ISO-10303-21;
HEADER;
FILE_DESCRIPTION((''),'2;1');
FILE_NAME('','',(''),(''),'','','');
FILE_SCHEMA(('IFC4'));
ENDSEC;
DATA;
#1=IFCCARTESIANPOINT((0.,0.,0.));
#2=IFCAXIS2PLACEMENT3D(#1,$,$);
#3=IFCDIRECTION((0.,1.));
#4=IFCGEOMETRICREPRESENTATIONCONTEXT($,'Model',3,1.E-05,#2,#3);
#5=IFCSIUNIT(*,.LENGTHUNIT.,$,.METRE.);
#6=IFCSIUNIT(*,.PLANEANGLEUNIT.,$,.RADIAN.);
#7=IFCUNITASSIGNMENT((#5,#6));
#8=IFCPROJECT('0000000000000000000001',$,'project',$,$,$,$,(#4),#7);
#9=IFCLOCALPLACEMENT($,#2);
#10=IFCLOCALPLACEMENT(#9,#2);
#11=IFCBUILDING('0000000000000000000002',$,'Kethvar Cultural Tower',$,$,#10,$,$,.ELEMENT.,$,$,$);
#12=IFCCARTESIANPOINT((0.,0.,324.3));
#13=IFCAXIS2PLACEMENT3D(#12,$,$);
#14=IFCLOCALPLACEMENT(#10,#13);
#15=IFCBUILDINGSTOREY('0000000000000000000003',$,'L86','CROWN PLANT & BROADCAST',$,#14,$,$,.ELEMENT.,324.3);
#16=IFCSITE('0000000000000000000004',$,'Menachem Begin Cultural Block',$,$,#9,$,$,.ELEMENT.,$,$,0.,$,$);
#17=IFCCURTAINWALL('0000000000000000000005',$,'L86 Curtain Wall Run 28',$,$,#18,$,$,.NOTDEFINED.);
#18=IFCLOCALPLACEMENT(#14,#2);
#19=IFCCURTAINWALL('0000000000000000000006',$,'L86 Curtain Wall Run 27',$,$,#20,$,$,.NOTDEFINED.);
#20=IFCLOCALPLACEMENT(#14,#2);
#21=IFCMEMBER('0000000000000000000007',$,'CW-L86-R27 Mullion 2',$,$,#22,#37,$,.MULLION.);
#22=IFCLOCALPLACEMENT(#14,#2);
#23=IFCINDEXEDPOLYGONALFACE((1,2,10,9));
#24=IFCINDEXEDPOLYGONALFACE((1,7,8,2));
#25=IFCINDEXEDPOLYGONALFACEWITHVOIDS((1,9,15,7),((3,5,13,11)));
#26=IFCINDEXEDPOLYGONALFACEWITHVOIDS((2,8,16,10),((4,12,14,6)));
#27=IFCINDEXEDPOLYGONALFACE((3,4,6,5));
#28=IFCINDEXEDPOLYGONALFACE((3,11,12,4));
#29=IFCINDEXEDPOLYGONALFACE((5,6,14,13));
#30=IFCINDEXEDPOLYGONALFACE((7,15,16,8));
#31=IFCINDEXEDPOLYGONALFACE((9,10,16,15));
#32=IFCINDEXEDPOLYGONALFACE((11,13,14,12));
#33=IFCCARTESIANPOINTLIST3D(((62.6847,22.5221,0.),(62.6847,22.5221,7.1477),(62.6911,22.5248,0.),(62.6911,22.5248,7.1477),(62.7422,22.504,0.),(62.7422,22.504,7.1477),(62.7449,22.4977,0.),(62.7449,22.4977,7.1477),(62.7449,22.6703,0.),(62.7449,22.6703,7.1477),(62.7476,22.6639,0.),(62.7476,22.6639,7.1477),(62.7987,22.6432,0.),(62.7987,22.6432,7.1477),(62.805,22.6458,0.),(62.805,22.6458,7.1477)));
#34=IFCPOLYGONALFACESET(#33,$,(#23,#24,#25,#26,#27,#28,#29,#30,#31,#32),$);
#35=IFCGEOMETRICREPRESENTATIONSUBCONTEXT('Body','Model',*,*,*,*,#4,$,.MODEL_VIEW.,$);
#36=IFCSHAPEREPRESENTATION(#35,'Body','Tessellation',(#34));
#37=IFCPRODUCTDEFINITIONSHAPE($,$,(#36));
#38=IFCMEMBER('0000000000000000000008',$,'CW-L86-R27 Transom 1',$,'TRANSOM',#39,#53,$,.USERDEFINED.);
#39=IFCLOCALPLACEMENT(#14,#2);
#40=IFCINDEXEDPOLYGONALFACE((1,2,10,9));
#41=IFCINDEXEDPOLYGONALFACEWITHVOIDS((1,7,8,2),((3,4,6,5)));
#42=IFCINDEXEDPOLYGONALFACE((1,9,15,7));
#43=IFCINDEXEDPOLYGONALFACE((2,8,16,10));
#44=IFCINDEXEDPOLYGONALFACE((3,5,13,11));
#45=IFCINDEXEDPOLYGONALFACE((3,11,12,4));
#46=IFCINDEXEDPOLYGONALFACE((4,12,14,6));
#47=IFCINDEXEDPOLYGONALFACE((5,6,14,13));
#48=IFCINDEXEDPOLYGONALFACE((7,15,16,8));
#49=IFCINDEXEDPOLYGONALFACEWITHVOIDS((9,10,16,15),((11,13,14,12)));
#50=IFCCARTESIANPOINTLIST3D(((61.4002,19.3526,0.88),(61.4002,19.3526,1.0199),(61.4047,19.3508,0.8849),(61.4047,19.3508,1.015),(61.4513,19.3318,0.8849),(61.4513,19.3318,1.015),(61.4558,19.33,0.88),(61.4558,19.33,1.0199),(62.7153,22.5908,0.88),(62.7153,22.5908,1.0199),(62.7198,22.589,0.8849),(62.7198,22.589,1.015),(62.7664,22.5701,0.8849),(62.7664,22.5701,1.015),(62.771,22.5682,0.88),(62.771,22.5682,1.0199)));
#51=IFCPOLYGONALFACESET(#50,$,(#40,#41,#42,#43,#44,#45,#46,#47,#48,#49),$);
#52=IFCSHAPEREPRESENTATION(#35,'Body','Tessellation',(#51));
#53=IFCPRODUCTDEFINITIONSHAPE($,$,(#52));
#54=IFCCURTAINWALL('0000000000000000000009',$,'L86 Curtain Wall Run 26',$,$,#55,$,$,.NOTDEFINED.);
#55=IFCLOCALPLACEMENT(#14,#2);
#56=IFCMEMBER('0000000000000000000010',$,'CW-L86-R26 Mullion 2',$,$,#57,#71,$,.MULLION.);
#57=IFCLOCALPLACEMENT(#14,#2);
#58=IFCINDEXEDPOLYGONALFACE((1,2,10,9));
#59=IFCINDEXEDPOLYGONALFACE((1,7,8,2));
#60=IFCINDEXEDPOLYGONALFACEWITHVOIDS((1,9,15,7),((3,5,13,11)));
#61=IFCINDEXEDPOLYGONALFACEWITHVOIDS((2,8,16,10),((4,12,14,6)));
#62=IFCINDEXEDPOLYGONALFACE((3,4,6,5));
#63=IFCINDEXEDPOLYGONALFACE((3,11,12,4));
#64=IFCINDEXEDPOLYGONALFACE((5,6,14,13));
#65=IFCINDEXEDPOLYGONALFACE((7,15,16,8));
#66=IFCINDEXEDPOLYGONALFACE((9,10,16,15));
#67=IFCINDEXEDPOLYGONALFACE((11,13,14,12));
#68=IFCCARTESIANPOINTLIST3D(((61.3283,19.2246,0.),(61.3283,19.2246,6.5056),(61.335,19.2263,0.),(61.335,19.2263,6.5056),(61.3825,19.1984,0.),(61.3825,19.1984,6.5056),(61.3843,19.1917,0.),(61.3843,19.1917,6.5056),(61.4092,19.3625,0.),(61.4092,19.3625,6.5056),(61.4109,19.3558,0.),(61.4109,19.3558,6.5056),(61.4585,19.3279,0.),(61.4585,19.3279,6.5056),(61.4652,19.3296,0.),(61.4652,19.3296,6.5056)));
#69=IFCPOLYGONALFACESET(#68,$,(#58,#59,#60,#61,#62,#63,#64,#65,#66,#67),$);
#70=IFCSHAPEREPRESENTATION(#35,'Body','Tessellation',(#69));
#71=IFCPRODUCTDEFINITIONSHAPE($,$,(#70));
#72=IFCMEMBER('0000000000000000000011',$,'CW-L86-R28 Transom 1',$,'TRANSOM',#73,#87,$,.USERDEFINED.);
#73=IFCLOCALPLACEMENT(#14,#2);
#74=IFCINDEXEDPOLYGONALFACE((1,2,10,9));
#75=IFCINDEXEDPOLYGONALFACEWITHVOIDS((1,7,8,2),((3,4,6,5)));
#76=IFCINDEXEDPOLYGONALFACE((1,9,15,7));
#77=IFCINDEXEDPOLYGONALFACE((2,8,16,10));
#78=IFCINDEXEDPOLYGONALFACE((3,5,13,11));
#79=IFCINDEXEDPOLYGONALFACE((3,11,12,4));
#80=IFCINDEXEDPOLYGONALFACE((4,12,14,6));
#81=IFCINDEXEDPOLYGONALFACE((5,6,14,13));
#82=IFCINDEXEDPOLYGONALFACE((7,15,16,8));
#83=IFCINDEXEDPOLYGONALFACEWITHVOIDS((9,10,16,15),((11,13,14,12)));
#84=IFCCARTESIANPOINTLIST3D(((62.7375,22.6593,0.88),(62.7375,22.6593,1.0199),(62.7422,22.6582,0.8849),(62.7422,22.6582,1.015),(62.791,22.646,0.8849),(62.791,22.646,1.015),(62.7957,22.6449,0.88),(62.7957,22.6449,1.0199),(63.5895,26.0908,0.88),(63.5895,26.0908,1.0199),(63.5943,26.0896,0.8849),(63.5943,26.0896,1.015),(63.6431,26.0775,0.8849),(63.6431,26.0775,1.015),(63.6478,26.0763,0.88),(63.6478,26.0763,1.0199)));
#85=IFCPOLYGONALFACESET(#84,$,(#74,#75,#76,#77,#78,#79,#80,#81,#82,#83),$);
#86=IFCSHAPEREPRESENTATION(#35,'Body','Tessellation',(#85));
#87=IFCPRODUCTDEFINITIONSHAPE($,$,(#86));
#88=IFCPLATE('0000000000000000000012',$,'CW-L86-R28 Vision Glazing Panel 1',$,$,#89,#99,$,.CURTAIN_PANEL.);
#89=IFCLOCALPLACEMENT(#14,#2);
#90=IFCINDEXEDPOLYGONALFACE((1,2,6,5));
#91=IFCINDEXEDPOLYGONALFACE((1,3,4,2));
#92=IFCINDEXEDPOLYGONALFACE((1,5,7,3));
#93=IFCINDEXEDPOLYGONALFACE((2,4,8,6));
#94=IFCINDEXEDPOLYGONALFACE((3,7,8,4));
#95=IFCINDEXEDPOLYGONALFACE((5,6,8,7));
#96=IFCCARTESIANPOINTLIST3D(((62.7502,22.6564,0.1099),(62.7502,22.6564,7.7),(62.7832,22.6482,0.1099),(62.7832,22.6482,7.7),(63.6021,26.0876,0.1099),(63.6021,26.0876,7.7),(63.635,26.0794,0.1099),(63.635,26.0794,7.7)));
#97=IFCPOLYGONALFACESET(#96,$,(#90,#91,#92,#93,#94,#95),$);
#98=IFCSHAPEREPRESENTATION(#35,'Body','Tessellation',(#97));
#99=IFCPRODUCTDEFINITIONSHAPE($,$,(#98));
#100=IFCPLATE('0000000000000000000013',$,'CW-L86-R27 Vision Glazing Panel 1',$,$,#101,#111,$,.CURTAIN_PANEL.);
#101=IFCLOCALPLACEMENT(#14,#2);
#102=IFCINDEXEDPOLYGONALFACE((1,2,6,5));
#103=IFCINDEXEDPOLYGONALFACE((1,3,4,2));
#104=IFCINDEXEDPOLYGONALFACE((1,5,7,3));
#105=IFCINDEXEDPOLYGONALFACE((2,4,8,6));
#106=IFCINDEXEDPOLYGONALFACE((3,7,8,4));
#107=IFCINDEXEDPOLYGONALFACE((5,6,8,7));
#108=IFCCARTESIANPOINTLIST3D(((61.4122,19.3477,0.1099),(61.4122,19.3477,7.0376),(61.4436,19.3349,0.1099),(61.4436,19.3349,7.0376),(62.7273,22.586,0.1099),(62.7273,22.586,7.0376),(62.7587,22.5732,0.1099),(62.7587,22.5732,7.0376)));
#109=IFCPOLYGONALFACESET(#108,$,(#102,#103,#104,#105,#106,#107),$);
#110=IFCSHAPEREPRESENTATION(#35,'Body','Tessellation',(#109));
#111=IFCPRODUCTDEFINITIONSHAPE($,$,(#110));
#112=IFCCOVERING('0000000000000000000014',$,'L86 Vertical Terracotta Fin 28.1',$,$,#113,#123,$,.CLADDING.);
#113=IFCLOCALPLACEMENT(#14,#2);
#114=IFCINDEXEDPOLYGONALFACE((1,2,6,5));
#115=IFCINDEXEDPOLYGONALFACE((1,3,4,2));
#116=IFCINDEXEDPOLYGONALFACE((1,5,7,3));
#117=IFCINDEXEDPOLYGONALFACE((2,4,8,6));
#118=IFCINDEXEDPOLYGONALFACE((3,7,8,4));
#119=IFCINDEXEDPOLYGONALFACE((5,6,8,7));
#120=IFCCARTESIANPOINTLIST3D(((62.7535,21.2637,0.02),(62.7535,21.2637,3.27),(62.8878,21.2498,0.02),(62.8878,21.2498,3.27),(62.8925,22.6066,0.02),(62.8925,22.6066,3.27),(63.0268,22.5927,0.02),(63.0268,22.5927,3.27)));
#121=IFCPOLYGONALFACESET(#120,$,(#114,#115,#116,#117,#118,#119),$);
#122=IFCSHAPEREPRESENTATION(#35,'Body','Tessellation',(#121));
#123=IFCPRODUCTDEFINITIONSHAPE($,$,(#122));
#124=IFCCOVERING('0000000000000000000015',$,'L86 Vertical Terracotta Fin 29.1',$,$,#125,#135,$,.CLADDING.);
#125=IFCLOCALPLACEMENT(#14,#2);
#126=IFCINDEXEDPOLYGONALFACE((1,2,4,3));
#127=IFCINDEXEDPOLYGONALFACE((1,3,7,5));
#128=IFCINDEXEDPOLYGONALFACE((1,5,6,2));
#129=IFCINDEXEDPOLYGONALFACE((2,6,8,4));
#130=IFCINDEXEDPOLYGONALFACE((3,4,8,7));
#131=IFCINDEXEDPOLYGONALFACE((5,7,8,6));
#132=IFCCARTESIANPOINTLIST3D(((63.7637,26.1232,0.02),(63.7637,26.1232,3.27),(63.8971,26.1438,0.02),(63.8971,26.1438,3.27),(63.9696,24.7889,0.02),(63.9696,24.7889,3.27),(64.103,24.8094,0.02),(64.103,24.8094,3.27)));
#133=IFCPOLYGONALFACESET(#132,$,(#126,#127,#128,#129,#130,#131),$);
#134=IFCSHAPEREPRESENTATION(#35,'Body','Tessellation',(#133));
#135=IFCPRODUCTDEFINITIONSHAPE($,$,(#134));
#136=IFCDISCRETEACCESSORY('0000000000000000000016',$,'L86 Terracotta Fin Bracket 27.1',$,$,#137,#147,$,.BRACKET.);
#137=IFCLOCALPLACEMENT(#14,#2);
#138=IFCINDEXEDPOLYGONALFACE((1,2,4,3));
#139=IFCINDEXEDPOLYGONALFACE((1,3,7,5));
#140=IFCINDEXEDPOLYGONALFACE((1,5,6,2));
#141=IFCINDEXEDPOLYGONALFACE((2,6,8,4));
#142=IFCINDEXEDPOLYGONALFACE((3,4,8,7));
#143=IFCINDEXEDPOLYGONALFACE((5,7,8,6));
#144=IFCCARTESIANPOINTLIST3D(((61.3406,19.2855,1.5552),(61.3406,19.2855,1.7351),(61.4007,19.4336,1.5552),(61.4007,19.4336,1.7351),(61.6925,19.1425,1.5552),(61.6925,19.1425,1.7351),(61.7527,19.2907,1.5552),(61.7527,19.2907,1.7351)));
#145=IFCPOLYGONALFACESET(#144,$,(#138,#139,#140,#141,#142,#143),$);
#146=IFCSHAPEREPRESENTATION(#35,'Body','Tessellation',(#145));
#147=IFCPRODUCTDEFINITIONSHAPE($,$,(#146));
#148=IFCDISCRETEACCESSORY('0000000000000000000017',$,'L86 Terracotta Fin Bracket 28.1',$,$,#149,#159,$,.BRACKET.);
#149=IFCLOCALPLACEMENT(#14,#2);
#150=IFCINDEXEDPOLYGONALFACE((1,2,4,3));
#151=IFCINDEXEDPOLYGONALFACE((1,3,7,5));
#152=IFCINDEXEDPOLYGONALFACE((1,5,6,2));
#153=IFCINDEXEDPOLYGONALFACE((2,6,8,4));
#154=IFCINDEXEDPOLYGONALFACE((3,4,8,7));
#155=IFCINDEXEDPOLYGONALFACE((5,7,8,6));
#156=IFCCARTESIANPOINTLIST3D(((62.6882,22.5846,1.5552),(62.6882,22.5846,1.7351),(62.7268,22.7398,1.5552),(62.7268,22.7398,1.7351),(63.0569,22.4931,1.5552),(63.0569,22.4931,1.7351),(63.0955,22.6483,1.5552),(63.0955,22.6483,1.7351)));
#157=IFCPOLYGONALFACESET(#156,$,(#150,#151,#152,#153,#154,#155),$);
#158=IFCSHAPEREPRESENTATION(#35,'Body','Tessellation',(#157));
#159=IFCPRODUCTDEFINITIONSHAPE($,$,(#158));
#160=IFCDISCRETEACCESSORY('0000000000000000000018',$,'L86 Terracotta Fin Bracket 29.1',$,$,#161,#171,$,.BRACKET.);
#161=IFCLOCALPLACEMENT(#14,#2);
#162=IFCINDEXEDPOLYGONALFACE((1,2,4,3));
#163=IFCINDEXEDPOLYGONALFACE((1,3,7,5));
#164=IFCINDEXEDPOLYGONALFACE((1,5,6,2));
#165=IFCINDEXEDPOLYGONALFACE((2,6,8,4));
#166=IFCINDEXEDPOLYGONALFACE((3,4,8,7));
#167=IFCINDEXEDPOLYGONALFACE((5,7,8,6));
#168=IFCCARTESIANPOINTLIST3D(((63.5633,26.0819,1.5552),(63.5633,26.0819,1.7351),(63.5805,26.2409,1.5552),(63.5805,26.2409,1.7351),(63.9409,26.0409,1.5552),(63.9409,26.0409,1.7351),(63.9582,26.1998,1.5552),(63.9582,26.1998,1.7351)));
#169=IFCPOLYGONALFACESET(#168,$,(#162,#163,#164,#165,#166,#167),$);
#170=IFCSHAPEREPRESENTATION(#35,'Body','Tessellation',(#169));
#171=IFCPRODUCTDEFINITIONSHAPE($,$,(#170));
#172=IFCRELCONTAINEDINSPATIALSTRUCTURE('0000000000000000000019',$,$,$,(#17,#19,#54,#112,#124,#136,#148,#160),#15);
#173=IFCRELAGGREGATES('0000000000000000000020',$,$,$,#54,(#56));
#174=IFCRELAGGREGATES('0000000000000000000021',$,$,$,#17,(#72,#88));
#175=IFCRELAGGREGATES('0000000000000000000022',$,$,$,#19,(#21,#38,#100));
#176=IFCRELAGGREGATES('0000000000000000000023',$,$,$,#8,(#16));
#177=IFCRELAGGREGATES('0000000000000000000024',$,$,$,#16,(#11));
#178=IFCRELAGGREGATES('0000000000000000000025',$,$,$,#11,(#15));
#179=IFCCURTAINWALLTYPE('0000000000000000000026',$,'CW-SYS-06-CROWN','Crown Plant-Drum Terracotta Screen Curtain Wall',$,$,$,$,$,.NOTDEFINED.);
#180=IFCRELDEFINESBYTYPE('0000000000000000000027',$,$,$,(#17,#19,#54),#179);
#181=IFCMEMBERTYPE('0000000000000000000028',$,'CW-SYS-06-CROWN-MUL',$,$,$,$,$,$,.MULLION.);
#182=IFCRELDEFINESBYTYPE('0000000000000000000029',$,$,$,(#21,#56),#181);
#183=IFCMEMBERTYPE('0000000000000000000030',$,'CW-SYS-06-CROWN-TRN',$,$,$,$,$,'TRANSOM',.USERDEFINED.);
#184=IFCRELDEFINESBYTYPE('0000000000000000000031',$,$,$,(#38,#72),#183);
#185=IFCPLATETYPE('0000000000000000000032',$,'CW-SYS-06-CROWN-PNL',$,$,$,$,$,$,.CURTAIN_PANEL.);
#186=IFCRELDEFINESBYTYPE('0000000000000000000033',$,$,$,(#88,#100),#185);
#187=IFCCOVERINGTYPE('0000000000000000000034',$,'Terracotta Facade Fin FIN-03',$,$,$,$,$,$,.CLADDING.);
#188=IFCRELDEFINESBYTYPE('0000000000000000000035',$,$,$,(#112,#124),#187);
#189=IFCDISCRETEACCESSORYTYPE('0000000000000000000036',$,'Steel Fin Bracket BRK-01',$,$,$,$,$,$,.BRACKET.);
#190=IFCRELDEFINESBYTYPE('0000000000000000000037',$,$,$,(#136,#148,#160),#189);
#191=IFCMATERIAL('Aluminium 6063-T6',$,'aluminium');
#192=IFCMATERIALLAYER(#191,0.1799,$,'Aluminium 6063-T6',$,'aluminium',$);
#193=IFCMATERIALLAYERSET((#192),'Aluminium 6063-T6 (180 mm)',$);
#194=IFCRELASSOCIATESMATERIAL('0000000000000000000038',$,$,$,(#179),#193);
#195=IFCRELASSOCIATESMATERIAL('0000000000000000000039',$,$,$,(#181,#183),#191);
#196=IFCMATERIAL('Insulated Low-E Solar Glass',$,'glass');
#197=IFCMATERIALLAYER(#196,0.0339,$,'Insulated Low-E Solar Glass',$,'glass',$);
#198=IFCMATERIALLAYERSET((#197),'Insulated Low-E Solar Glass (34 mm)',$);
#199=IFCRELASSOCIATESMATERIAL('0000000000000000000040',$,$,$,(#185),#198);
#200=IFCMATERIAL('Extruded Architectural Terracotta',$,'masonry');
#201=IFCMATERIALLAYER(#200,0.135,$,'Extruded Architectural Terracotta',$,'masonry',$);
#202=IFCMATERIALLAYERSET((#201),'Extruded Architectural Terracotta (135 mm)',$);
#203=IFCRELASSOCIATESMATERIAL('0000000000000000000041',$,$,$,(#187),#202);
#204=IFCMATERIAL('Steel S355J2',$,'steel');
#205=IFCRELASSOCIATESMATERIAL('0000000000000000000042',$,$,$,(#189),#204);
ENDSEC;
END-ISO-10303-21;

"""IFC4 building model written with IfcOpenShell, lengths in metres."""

from ifc_helpers import new_model, si_unit, direction, frame, origin, origin_2d, place, context, subcontext, project, spatial, rectangle, hollow_rectangle, extrude, source, transform, mapped, material, layer, layer_set, material_profile, profile_set, type_object, element, aggregate, save


model = new_model("IFC4")

# Units and contexts
model_context = context("Model", 3, precision=1e-05, world=origin(), true_north=direction((0.0, 1.0)))
body_context = subcontext(model_context, "Body", "Model", "MODEL_VIEW")
ifc_project = project(units=[si_unit("LENGTHUNIT", "METRE"), si_unit("PLANEANGLEUNIT", "RADIAN")], contexts=[model_context])

# Site, building, storey
site_placement = place(None, origin())
site = spatial("IfcSite", under=ifc_project, at=site_placement, Name="Menachem Begin Cultural Block", CompositionType="ELEMENT", RefElevation=0.0)
building_placement = place(site_placement, origin())
building = spatial("IfcBuilding", under=site, at=building_placement, Name="Kethvar Cultural Tower", CompositionType="ELEMENT")
storey_placement = place(building_placement, frame((0.0, 0.0, 324.3)))
storey = spatial("IfcBuildingStorey", under=building, at=storey_placement, Name="L86", Description="CROWN PLANT & BROADCAST", CompositionType="ELEMENT", Elevation=324.3)

# Shared definitions
ifc_material_1 = material(Name="Steel S355J2", Category="steel")

# Curtain walls, members
ifc_material_2 = material(Name="Aluminium 6063-T6", Category="aluminium")
ifc_layer_1 = layer(ifc_material_2, 0.1799, Name="Aluminium 6063-T6", Category="aluminium")
ifc_layer_set_1 = layer_set([ifc_layer_1], Name="Aluminium 6063-T6 (180 mm)")
curtain_wall_type = type_object("IfcCurtainWallType", Name="CW-SYS-06-CROWN", Description="Crown Plant-Drum Terracotta Screen Curtain Wall", PredefinedType="NOTDEFINED", material=ifc_layer_set_1)
ifc_material_profile_1 = material_profile(ifc_material_2, hollow_rectangle(XDim=0.0649, YDim=0.1599, WallThickness=0.0049, at=origin_2d()), Name="Aluminium 6063-T6 — RHS160x65x5")
ifc_profile_set_1 = profile_set([ifc_material_profile_1], Name="Aluminium 6063-T6 — RHS160x65x5")
member_type_1 = type_object("IfcMemberType", Name="CW-SYS-06-CROWN-MUL", PredefinedType="MULLION", material=ifc_profile_set_1)
ifc_material_profile_2 = material_profile(ifc_material_2, hollow_rectangle(XDim=0.0601, YDim=0.1399, WallThickness=0.0049, at=origin_2d()), Name="Aluminium 6063-T6 — RHS140x60x5")
ifc_profile_set_2 = profile_set([ifc_material_profile_2], Name="Aluminium 6063-T6 — RHS140x60x5")
member_type_2 = type_object("IfcMemberType", Name="CW-SYS-06-CROWN-TRN", ElementType="TRANSOM", PredefinedType="USERDEFINED", material=ifc_profile_set_2)
curtain_wall_1_placement = place(storey_placement, origin())
curtain_wall_1 = element("IfcCurtainWall", 1, at=curtain_wall_1_placement, inside=storey, type_object=curtain_wall_type, Name="L86 Curtain Wall Run 28", PredefinedType="NOTDEFINED")
curtain_wall_2_placement = place(storey_placement, origin())
curtain_wall_2 = element("IfcCurtainWall", 2, at=curtain_wall_2_placement, inside=storey, type_object=curtain_wall_type, Name="L86 Curtain Wall Run 27", PredefinedType="NOTDEFINED")
shared_shape_1 = source(origin(), body_context, "Body", "SweptSolid", [
    extrude(hollow_rectangle(XDim=0.0649, YDim=0.1599, WallThickness=0.0049, at=origin_2d()), origin(), (0.0, 0.0, 1.0), 7.1477),
])
member_1_placement = place(storey_placement, frame((62.7449, 22.584, 0.0), z_axis=(0.0, 0.0, 1.0), x_axis=(-0.926515, 0.376257, 0.0)))
member_1 = element("IfcMember", 3, at=member_1_placement, type_object=member_type_1, Name="CW-L86-R27 Mullion 2", PredefinedType="MULLION", context=body_context, shape_type="MappedRepresentation", body=[
    mapped(shared_shape_1, transform((0.0, 0.0, 0.0), scale=1.0)),
])
shared_shape_2 = source(origin(), body_context, "Body", "SweptSolid", [
    extrude(hollow_rectangle(XDim=0.0601, YDim=0.1399, WallThickness=0.0049, at=origin_2d()), origin(), (0.0, 0.0, 1.0), 3.4951),
])
member_2_placement = place(storey_placement, frame((61.428, 19.3413, 0.95), z_axis=(0.376287, 0.926503, 0.0), x_axis=(-0.926503, 0.376287, 0.0)))
member_2 = element("IfcMember", 4, at=member_2_placement, type_object=member_type_2, Name="CW-L86-R27 Transom 1", ObjectType="TRANSOM", PredefinedType="USERDEFINED", context=body_context, shape_type="MappedRepresentation", body=[
    mapped(shared_shape_2, transform((0.0, 0.0, 0.0), scale=1.0)),
])

# Curtain wall, member
curtain_wall_3_placement = place(storey_placement, origin())
curtain_wall_3 = element("IfcCurtainWall", 5, at=curtain_wall_3_placement, inside=storey, type_object=curtain_wall_type, Name="L86 Curtain Wall Run 26", PredefinedType="NOTDEFINED")
shared_shape_3 = source(origin(), body_context, "Body", "SweptSolid", [
    extrude(hollow_rectangle(XDim=0.0649, YDim=0.1599, WallThickness=0.0049, at=origin_2d()), origin(), (0.0, 0.0, 1.0), 6.5056),
])
member_3_placement = place(storey_placement, frame((61.3967, 19.2771, 0.0), z_axis=(0.0, 0.0, 1.0), x_axis=(-0.862602, 0.505883, 0.0)))
member_3 = element("IfcMember", 6, at=member_3_placement, type_object=member_type_1, Name="CW-L86-R26 Mullion 2", PredefinedType="MULLION", context=body_context, shape_type="MappedRepresentation", body=[
    mapped(shared_shape_3, transform((0.0, 0.0, 0.0), scale=1.0)),
])
aggregate(curtain_wall_3, [member_3])

# Member
shared_shape_4 = source(origin(), body_context, "Body", "SweptSolid", [
    extrude(hollow_rectangle(XDim=0.0601, YDim=0.1399, WallThickness=0.0049, at=origin_2d()), origin(), (0.0, 0.0, 1.0), 3.5356),
])
member_4_placement = place(storey_placement, frame((62.7666, 22.6521, 0.95), z_axis=(0.240992, 0.970527, 0.0), x_axis=(-0.970527, 0.240992, 0.0)))
member_4 = element("IfcMember", 7, at=member_4_placement, type_object=member_type_2, Name="CW-L86-R28 Transom 1", ObjectType="TRANSOM", PredefinedType="USERDEFINED", context=body_context, shape_type="MappedRepresentation", body=[
    mapped(shared_shape_4, transform((0.0, 0.0, 0.0), scale=1.0)),
])

# Plates
ifc_material_3 = material(Name="Insulated Low-E Solar Glass", Category="glass")
ifc_layer_2 = layer(ifc_material_3, 0.0339, Name="Insulated Low-E Solar Glass", Category="glass")
ifc_layer_set_2 = layer_set([ifc_layer_2], Name="Insulated Low-E Solar Glass (34 mm)")
plate_type = type_object("IfcPlateType", Name="CW-SYS-06-CROWN-PNL", PredefinedType="CURTAIN_PANEL", material=ifc_layer_set_2)
shared_shape_5 = source(origin(), body_context, "Body", "SweptSolid", [
    extrude(rectangle(XDim=3.5354, YDim=0.0339, at=origin_2d()), origin(), (0.0, 0.0, 1.0), 7.5901),
])
plate_1_placement = place(storey_placement, frame((63.1926, 24.3679, 0.1099), z_axis=(0.0, 0.0, 1.0), x_axis=(0.240956, 0.970536, 0.0)))
plate_1 = element("IfcPlate", 8, at=plate_1_placement, type_object=plate_type, Name="CW-L86-R28 Vision Glazing Panel 1", PredefinedType="CURTAIN_PANEL", context=body_context, shape_type="MappedRepresentation", body=[
    mapped(shared_shape_5, transform((0.0, 0.0, 0.0), scale=1.0)),
])
aggregate(curtain_wall_1, [member_4, plate_1])
shared_shape_6 = source(origin(), body_context, "Body", "SweptSolid", [
    extrude(rectangle(XDim=3.4951, YDim=0.0339, at=origin_2d()), origin(), (0.0, 0.0, 1.0), 6.9277),
])
plate_2_placement = place(storey_placement, frame((62.0854, 20.9604, 0.1099), z_axis=(0.0, 0.0, 1.0), x_axis=(0.376257, 0.926515, 0.0)))
plate_2 = element("IfcPlate", 9, at=plate_2_placement, type_object=plate_type, Name="CW-L86-R27 Vision Glazing Panel 1", PredefinedType="CURTAIN_PANEL", context=body_context, shape_type="MappedRepresentation", body=[
    mapped(shared_shape_6, transform((0.0, 0.0, 0.0), scale=1.0)),
])
aggregate(curtain_wall_2, [member_1, member_2, plate_2])

# Coverings
ifc_material_4 = material(Name="Extruded Architectural Terracotta", Category="masonry")
ifc_layer_3 = layer(ifc_material_4, 0.135, Name="Extruded Architectural Terracotta", Category="masonry")
ifc_layer_set_3 = layer_set([ifc_layer_3], Name="Extruded Architectural Terracotta (135 mm)")
covering_type = type_object("IfcCoveringType", Name="Terracotta Facade Fin FIN-03", PredefinedType="CLADDING", material=ifc_layer_set_3)
shared_shape_7 = source(origin(), body_context, "Body", "SweptSolid", [
    extrude(rectangle(XDim=1.3501, YDim=0.135, at=origin_2d()), origin(), (0.0, 0.0, 1.0), 3.25),
])
for number, where, z_axis, x_axis, name in (
    (10, (62.8901, 21.9282, 0.02), (0.0, 0.0, 1.0), (-0.102966, -0.994685, 0.0), "L86 Vertical Terracotta Fin 28.1"),
    (11, (63.9333, 25.4663, 0.02), (0.0, 0.0, 1.0), (0.152468, -0.988308, 0.0), "L86 Vertical Terracotta Fin 29.1"),
):
    element("IfcCovering", number, at=place(storey_placement, frame(where, z_axis=z_axis, x_axis=x_axis)), inside=storey, type_object=covering_type, Name=name, PredefinedType="CLADDING", context=body_context, shape_type="MappedRepresentation", body=[
        mapped(shared_shape_7, transform((0.0, 0.0, 0.0), scale=1.0)),
    ])

# Discrete accessories
discrete_accessory_type = type_object("IfcDiscreteAccessoryType", Name="Steel Fin Bracket BRK-01", PredefinedType="BRACKET", material=ifc_material_1)
shared_shape_8 = source(origin(), body_context, "Body", "SweptSolid", [
    extrude(rectangle(XDim=0.3799, YDim=0.1599, at=origin_2d()), origin(), (0.0, 0.0, 1.0), 0.1799),
])
for number, where, z_axis, x_axis, name in (
    (12, (61.5466, 19.2881, 1.5552), (0.0, 0.0, 1.0), (0.926529, -0.376224, 0.0), "L86 Terracotta Fin Bracket 27.1"),
    (13, (62.8918, 22.6165, 1.5552), (0.0, 0.0, 1.0), (0.970549, -0.240906, 0.0), "L86 Terracotta Fin Bracket 28.1"),
    (14, (63.7607, 26.1409, 1.5552), (0.0, 0.0, 1.0), (0.994151, -0.107999, 0.0), "L86 Terracotta Fin Bracket 29.1"),
):
    element("IfcDiscreteAccessory", number, at=place(storey_placement, frame(where, z_axis=z_axis, x_axis=x_axis)), inside=storey, type_object=discrete_accessory_type, Name=name, PredefinedType="BRACKET", context=body_context, shape_type="MappedRepresentation", body=[
        mapped(shared_shape_8, transform((0.0, 0.0, 0.0), scale=1.0)),
    ])

save(model, "model.ifc")
